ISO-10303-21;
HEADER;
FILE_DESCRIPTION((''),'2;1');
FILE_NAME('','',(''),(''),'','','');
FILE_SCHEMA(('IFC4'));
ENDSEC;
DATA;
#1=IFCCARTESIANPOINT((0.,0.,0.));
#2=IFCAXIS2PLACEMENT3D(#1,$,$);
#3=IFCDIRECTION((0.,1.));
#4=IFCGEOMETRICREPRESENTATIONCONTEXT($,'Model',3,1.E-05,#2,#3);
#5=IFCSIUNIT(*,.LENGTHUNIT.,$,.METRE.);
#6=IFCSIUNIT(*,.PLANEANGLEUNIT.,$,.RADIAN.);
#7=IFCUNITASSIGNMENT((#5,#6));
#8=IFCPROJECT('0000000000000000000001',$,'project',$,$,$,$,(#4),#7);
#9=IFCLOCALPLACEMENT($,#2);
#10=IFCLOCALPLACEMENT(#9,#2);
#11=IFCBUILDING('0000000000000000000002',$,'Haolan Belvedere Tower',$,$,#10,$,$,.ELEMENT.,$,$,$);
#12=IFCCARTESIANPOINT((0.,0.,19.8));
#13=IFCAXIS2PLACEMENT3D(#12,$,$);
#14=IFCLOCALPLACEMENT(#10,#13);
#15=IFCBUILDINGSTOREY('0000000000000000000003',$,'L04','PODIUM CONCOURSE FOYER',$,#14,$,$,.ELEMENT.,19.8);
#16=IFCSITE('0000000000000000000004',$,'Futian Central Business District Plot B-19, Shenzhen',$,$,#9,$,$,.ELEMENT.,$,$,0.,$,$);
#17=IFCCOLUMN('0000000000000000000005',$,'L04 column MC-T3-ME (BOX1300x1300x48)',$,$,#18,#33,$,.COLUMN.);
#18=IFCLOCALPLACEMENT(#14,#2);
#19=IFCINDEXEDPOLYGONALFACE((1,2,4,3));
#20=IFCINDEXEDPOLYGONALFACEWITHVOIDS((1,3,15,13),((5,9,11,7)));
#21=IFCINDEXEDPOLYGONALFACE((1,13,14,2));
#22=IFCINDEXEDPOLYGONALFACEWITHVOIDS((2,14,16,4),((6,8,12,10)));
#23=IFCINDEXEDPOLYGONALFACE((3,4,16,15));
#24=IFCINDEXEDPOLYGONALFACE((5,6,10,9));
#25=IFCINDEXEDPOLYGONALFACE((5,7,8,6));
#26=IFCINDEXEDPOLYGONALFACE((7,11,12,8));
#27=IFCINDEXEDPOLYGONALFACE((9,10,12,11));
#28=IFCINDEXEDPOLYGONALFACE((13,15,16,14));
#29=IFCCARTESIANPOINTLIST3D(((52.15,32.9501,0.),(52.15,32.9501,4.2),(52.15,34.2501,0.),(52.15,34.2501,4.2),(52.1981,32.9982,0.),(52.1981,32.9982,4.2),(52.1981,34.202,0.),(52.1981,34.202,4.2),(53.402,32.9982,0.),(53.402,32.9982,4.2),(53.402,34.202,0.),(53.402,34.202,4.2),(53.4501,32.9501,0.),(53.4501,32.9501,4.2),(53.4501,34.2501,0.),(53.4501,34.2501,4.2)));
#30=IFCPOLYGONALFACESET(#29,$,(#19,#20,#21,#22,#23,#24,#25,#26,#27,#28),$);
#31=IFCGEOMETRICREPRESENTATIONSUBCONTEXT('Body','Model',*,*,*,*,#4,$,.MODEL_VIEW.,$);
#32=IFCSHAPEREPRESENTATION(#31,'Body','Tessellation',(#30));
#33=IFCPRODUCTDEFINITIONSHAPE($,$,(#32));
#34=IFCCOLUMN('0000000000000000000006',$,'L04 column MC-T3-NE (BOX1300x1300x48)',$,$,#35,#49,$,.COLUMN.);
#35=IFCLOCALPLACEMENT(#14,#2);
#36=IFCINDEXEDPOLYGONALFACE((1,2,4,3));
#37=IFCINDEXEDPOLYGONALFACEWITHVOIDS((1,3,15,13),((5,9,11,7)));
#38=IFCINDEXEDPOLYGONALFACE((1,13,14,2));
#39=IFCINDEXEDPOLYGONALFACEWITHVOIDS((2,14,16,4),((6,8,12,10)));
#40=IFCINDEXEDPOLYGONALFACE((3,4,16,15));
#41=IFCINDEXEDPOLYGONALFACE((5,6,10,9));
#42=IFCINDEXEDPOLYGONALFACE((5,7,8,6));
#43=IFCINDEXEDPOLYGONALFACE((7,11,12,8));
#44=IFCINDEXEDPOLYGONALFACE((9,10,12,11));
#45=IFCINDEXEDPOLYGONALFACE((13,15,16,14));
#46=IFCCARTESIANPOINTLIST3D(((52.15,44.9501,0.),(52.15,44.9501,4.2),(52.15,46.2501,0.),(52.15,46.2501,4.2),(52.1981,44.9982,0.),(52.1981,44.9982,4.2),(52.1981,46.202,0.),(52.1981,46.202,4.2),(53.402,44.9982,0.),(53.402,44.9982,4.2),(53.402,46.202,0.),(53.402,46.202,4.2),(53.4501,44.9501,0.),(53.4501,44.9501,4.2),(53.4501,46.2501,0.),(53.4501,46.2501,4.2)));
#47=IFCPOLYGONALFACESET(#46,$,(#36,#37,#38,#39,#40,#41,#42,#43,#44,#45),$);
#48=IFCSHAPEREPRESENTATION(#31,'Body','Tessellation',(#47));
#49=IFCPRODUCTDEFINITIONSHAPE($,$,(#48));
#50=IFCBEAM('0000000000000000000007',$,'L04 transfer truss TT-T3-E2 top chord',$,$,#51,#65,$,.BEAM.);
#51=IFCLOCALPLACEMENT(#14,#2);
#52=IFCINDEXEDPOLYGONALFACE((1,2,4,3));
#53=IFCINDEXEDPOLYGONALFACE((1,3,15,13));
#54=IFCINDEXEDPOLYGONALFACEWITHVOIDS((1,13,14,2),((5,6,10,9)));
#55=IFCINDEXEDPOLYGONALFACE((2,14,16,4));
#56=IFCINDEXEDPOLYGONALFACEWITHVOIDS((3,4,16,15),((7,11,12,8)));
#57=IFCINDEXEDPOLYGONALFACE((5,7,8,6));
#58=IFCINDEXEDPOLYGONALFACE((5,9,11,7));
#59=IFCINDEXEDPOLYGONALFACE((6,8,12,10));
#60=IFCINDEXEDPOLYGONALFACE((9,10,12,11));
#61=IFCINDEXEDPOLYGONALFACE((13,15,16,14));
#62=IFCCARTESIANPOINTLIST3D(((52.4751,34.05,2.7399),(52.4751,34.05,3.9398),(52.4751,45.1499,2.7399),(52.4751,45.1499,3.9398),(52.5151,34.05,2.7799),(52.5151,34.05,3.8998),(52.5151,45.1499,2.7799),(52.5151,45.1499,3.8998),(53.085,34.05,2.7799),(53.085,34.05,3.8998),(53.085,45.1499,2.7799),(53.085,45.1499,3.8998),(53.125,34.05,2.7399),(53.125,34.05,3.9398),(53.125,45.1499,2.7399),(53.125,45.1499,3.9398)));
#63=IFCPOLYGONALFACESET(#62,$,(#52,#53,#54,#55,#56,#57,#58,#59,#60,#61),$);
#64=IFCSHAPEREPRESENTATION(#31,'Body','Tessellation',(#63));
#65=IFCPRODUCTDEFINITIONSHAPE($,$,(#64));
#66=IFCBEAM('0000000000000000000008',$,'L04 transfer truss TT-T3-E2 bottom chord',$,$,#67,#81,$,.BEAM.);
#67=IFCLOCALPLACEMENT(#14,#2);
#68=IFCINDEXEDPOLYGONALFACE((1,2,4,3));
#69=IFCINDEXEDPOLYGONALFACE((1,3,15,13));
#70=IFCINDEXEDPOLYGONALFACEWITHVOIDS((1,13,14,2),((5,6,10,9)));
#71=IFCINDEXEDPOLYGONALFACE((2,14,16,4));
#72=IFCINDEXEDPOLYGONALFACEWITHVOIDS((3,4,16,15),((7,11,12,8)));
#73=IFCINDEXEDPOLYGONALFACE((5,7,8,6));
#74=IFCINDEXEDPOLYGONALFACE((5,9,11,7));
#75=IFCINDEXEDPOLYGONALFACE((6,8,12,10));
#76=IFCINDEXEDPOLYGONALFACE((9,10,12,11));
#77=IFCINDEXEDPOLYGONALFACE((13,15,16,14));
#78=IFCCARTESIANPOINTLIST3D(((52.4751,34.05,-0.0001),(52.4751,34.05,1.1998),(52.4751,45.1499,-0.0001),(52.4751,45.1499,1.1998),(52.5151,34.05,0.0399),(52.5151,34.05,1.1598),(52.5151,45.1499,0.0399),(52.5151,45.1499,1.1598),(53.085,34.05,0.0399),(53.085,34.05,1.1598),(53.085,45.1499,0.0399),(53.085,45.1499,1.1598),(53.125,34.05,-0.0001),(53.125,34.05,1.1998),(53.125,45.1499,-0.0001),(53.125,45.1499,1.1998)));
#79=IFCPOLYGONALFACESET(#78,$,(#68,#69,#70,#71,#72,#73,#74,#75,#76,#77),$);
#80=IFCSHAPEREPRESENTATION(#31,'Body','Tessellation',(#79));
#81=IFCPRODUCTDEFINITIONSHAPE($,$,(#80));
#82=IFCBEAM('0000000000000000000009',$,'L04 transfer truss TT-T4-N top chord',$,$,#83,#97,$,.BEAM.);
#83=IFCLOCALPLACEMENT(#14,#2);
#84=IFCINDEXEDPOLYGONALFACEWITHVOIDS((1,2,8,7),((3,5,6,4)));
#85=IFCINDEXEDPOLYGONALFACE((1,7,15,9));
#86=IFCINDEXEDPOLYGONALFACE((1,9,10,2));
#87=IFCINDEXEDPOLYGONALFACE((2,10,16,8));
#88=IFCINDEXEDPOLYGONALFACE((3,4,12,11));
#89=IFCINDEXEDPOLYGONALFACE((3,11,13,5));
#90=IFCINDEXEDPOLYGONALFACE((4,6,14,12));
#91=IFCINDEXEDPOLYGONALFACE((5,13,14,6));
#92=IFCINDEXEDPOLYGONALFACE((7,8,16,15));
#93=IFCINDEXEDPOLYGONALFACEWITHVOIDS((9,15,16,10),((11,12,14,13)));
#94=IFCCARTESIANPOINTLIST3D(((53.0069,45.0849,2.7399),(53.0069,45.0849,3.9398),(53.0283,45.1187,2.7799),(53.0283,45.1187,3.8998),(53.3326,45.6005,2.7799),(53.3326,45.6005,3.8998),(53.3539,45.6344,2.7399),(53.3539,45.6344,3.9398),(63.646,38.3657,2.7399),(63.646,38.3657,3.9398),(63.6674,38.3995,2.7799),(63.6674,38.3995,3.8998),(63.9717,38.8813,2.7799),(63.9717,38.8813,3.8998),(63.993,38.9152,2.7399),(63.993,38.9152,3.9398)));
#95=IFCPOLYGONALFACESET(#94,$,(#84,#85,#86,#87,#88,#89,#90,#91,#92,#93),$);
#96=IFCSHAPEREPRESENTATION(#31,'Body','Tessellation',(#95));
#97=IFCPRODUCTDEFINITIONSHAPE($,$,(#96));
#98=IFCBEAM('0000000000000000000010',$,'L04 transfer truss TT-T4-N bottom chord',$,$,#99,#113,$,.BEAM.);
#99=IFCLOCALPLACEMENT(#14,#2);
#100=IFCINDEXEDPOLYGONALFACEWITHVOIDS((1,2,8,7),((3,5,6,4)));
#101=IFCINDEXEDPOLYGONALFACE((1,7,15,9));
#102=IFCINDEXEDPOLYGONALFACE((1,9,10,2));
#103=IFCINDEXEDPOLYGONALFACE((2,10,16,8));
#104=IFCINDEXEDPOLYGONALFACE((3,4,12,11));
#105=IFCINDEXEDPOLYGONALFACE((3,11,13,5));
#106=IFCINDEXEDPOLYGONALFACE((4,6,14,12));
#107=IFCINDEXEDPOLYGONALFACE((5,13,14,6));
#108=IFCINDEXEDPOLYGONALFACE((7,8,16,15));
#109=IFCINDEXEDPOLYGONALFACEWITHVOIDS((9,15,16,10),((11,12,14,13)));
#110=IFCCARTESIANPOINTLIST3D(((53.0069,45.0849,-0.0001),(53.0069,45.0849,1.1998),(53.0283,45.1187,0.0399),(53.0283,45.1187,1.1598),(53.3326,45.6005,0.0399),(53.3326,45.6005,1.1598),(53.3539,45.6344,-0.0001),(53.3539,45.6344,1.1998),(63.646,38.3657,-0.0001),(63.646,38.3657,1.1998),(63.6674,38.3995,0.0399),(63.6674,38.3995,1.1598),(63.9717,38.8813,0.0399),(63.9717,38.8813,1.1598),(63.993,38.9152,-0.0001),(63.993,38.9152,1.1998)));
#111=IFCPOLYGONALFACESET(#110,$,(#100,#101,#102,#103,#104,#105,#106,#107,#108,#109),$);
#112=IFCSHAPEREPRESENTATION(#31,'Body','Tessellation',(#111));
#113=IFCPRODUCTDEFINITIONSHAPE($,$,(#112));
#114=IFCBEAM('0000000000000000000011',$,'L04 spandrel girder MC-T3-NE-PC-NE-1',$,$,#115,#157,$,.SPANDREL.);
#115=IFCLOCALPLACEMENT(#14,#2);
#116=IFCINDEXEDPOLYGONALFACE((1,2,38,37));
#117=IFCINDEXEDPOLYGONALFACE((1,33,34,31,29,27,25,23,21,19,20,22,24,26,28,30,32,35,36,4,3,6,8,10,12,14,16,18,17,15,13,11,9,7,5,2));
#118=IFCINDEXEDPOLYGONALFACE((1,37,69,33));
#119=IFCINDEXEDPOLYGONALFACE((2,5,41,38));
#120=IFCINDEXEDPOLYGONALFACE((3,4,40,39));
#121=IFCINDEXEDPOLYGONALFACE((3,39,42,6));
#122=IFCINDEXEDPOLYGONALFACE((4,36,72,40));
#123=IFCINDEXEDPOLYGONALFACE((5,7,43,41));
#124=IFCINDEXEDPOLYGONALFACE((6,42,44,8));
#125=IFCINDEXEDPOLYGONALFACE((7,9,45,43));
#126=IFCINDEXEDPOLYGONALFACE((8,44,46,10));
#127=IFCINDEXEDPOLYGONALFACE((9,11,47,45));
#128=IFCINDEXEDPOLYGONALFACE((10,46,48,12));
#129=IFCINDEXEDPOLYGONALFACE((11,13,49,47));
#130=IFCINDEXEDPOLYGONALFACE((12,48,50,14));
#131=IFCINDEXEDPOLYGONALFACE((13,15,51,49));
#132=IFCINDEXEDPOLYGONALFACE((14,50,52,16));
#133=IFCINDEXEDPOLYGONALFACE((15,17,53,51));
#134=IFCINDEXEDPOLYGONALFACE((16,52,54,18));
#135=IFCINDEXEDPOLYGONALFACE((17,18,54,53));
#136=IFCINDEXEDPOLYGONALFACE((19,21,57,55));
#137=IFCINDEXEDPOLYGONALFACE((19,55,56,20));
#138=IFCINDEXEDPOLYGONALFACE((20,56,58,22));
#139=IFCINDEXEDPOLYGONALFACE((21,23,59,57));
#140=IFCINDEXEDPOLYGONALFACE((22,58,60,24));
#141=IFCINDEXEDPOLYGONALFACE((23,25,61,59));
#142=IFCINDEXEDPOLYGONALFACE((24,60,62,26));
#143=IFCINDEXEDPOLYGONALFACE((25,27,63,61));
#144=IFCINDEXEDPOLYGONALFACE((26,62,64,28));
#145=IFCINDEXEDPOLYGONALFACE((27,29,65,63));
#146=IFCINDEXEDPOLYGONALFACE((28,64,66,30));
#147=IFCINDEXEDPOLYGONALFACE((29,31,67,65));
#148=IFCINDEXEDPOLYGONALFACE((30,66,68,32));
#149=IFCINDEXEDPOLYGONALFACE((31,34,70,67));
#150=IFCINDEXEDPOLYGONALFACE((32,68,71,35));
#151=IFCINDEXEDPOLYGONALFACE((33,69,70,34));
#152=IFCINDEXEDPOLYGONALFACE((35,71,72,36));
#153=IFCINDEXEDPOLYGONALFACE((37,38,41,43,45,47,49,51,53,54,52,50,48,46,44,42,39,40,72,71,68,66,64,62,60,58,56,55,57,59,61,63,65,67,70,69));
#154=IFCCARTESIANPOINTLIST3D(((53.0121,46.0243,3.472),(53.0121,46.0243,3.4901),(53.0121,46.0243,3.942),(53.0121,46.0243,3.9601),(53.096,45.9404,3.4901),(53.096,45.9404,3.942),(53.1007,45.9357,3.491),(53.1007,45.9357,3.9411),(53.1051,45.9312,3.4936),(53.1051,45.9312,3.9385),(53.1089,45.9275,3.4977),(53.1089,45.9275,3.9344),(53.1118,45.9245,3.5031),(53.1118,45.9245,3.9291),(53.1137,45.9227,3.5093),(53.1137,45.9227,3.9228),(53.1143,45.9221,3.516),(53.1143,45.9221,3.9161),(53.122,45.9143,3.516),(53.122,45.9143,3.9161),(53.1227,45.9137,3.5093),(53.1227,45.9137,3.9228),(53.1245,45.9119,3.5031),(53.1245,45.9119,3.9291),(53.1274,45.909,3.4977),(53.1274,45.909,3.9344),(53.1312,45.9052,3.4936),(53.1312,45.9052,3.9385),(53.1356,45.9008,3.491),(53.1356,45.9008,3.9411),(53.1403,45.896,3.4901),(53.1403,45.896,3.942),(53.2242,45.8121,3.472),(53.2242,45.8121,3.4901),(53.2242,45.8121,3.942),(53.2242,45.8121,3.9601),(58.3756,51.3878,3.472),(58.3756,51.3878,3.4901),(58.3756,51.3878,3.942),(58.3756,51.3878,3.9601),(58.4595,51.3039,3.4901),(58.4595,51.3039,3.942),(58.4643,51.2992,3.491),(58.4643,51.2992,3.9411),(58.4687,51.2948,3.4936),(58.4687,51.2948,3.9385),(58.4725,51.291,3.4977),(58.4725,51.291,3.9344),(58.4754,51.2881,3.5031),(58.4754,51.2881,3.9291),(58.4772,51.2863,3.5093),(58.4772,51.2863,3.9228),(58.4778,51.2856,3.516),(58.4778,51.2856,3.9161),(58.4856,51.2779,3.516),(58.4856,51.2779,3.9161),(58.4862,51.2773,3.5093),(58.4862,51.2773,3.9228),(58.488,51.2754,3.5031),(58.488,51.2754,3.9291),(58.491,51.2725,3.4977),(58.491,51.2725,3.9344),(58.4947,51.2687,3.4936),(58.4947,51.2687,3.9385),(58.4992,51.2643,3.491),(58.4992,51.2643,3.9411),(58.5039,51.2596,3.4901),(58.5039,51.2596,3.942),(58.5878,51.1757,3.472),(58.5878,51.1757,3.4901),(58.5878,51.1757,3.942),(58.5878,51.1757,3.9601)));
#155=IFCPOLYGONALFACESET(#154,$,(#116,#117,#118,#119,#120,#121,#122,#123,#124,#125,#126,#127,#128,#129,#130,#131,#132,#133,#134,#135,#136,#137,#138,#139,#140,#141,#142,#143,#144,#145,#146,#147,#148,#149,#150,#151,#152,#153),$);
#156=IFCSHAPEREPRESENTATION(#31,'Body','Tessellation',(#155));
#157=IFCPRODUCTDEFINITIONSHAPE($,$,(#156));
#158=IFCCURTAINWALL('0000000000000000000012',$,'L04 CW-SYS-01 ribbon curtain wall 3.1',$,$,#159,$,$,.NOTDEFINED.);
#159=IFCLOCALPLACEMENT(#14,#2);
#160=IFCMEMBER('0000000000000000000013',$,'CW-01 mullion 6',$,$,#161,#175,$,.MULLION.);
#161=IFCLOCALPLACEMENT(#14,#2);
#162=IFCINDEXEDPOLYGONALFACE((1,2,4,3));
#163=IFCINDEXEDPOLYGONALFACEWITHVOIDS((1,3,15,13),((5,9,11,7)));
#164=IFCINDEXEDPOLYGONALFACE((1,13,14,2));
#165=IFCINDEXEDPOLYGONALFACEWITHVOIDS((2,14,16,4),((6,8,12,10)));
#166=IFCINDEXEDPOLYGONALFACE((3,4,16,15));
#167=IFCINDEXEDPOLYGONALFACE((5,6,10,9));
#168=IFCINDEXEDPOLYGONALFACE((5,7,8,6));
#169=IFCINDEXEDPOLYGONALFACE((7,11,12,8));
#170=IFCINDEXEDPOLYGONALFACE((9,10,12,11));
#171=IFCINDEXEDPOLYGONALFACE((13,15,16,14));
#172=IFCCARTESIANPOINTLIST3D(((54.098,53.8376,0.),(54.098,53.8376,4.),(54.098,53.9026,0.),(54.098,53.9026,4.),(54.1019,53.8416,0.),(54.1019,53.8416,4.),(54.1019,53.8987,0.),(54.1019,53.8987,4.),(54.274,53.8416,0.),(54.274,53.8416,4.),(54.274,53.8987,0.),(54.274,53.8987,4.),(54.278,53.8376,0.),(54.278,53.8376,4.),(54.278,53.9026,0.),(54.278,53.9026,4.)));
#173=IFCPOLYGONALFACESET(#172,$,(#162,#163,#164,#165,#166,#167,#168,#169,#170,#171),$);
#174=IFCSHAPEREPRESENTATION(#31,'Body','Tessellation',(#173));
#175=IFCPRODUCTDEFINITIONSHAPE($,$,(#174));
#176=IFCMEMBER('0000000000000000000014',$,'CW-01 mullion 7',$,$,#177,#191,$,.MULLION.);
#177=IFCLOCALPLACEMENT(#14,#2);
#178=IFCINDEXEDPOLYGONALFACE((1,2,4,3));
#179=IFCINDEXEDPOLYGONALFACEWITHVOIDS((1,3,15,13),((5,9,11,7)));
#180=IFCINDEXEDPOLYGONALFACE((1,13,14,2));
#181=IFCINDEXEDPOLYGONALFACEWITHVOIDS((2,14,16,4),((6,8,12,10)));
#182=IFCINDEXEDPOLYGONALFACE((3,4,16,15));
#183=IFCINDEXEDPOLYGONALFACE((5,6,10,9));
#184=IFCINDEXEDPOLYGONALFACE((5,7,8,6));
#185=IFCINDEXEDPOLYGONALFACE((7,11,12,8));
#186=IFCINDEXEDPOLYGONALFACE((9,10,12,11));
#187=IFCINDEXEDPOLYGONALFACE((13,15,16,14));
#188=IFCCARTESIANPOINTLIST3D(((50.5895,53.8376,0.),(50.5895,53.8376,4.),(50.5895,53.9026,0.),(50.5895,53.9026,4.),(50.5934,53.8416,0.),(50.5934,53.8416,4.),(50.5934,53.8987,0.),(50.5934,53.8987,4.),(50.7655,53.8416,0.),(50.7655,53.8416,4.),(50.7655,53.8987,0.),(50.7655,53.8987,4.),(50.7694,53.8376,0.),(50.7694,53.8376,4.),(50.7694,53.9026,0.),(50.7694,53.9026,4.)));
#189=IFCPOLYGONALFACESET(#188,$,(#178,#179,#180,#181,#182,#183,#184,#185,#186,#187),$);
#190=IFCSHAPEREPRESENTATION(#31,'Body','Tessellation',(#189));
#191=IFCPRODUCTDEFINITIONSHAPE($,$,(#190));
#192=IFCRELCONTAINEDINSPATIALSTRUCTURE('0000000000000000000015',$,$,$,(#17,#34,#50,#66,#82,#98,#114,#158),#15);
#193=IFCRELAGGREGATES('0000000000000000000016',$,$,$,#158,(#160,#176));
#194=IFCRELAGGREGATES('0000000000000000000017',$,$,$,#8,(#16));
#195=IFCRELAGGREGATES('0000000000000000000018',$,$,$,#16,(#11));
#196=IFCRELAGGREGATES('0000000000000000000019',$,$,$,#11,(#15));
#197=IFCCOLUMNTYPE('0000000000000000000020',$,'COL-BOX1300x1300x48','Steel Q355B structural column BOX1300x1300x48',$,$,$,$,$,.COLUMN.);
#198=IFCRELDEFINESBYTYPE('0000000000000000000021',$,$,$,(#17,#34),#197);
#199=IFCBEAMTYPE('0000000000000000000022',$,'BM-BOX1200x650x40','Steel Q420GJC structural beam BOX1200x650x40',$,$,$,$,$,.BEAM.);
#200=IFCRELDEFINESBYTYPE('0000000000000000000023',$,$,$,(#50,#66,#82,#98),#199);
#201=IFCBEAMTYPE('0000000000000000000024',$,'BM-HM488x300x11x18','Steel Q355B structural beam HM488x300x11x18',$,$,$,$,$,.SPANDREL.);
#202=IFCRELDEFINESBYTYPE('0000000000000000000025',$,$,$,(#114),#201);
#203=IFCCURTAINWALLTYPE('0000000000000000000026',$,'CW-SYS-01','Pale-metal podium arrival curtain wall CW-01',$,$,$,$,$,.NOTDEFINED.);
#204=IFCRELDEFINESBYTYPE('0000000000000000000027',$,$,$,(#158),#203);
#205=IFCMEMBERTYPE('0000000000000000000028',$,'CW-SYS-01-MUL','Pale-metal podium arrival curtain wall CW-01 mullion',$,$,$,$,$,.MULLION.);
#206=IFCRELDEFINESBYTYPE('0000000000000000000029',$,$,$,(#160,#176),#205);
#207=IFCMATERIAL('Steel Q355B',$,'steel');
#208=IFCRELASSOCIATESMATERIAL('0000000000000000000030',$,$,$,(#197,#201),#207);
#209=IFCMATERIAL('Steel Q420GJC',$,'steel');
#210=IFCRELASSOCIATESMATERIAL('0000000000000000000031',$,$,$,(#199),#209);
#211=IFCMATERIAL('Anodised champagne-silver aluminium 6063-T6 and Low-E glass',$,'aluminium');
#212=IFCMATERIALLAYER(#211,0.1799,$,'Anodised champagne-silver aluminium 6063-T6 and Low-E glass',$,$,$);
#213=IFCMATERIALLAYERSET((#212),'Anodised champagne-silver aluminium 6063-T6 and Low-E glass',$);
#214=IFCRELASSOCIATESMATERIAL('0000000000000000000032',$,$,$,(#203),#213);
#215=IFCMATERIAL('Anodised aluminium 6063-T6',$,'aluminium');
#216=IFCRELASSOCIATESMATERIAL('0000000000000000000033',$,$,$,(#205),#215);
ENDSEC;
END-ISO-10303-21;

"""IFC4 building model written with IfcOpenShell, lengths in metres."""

from ifc_helpers import new_model, si_unit, direction, frame, origin, origin_2d, place, context, subcontext, project, spatial, hollow_rectangle, i_section, extrude, material, layer, layer_set, material_profile, profile_set, type_object, element, aggregate, save


model = new_model("IFC4")

# Units and contexts
model_context = context("Model", 3, precision=1e-05, world=origin(), true_north=direction((0.0, 1.0)))
body_context = subcontext(model_context, "Body", "Model", "MODEL_VIEW")
ifc_project = project(units=[si_unit("LENGTHUNIT", "METRE"), si_unit("PLANEANGLEUNIT", "RADIAN")], contexts=[model_context])

# Site, building, storey
site_placement = place(None, origin())
site = spatial("IfcSite", under=ifc_project, at=site_placement, Name="Futian Central Business District Plot B-19, Shenzhen", CompositionType="ELEMENT", RefElevation=0.0)
building_placement = place(site_placement, origin())
building = spatial("IfcBuilding", under=site, at=building_placement, Name="Haolan Belvedere Tower", CompositionType="ELEMENT")
storey_placement = place(building_placement, frame((0.0, 0.0, 19.8)))
storey = spatial("IfcBuildingStorey", under=building, at=storey_placement, Name="L04", Description="PODIUM CONCOURSE FOYER", CompositionType="ELEMENT", Elevation=19.8)

# Columns
ifc_material_1 = material(Name="Steel Q355B", Category="steel")
ifc_material_profile_1 = material_profile(ifc_material_1, hollow_rectangle(XDim=1.3, YDim=1.3, WallThickness=0.0481, at=origin_2d()), Name="Steel Q355B")
ifc_profile_set_1 = profile_set([ifc_material_profile_1], Name="Steel Q355B")
column_type = type_object("IfcColumnType", Name="COL-BOX1300x1300x48", Description="Steel Q355B structural column BOX1300x1300x48", PredefinedType="COLUMN", material=ifc_profile_set_1)
for number, where, z_axis, x_axis, name in (
    (1, (52.8, 33.6001, 0.0), (0.0, 0.0, 1.0), (1.0, 0.0, 0.0), "L04 column MC-T3-ME (BOX1300x1300x48)"),
    (2, (52.8, 45.6001, 0.0), (0.0, 0.0, 1.0), (1.0, 0.0, 0.0), "L04 column MC-T3-NE (BOX1300x1300x48)"),
):
    element("IfcColumn", number, at=place(storey_placement, frame(where, z_axis=z_axis, x_axis=x_axis)), inside=storey, type_object=column_type, Name=name, PredefinedType="COLUMN", context=body_context, shape_type="SweptSolid", body=[
        extrude(hollow_rectangle(XDim=1.3, YDim=1.3, WallThickness=0.0481, at=origin_2d()), origin(), (0.0, 0.0, 1.0), 4.2),
    ])

# Beams
ifc_material_2 = material(Name="Steel Q420GJC", Category="steel")
ifc_material_profile_2 = material_profile(ifc_material_2, hollow_rectangle(XDim=0.6499, YDim=1.2, WallThickness=0.04, at=origin_2d()), Name="Steel Q420GJC")
ifc_profile_set_2 = profile_set([ifc_material_profile_2], Name="Steel Q420GJC")
beam_type_1 = type_object("IfcBeamType", Name="BM-BOX1200x650x40", Description="Steel Q420GJC structural beam BOX1200x650x40", PredefinedType="BEAM", material=ifc_profile_set_2)
for number, where, z_axis, x_axis, name in (
    (3, (52.8, 34.05, 3.3398), (0.0, 1.0, 0.0), (-1.0, 0.0, 0.0), "L04 transfer truss TT-T3-E2 top chord"),
    (4, (52.8, 34.05, 0.5999), (0.0, 1.0, 0.0), (-1.0, 0.0, 0.0), "L04 transfer truss TT-T3-E2 bottom chord"),
):
    element("IfcBeam", number, at=place(storey_placement, frame(where, z_axis=z_axis, x_axis=x_axis)), inside=storey, type_object=beam_type_1, Name=name, PredefinedType="BEAM", context=body_context, shape_type="SweptSolid", body=[
        extrude(hollow_rectangle(XDim=0.6499, YDim=1.2, WallThickness=0.04, at=origin_2d()), origin(), (0.0, 0.0, 1.0), 11.0999),
    ])
for number, where, z_axis, x_axis, name in (
    (5, (53.1804, 45.3596, 3.3398), (0.845497, -0.53398, 0.0), (0.53398, 0.845497, 0.0), "L04 transfer truss TT-T4-N top chord"),
    (6, (53.1804, 45.3596, 0.5999), (0.845497, -0.53398, 0.0), (0.53398, 0.845497, 0.0), "L04 transfer truss TT-T4-N bottom chord"),
):
    element("IfcBeam", number, at=place(storey_placement, frame(where, z_axis=z_axis, x_axis=x_axis)), inside=storey, type_object=beam_type_1, Name=name, PredefinedType="BEAM", context=body_context, shape_type="SweptSolid", body=[
        extrude(hollow_rectangle(XDim=0.6499, YDim=1.2, WallThickness=0.04, at=origin_2d()), origin(), (0.0, 0.0, 1.0), 12.5833),
    ])
ifc_material_profile_3 = material_profile(ifc_material_1, i_section(OverallWidth=0.3, OverallDepth=0.488, WebThickness=0.011, FlangeThickness=0.0181, FilletRadius=0.0259, at=origin_2d()), Name="Steel Q355B")
ifc_profile_set_3 = profile_set([ifc_material_profile_3], Name="Steel Q355B")
beam_type_2 = type_object("IfcBeamType", Name="BM-HM488x300x11x18", Description="Steel Q355B structural beam HM488x300x11x18", PredefinedType="SPANDREL", material=ifc_profile_set_3)
beam_placement = place(storey_placement, frame((53.1182, 45.9182, 3.7161), z_axis=(0.707107, 0.707107, 0.0), x_axis=(-0.707107, 0.707107, 0.0)))
element("IfcBeam", 7, at=beam_placement, inside=storey, type_object=beam_type_2, Name="L04 spandrel girder MC-T3-NE-PC-NE-1", PredefinedType="SPANDREL", context=body_context, shape_type="SweptSolid", body=[
    extrude(i_section(OverallWidth=0.3, OverallDepth=0.488, WebThickness=0.011, FlangeThickness=0.0181, FilletRadius=0.0259, at=origin_2d()), origin(), (0.0, 0.0, 1.0), 7.5852),
])

# Curtain wall, members
ifc_material_3 = material(Name="Anodised champagne-silver aluminium 6063-T6 and Low-E glass", Category="aluminium")
ifc_layer_1 = layer(ifc_material_3, 0.1799, Name="Anodised champagne-silver aluminium 6063-T6 and Low-E glass")
ifc_layer_set_1 = layer_set([ifc_layer_1], Name="Anodised champagne-silver aluminium 6063-T6 and Low-E glass")
curtain_wall_type = type_object("IfcCurtainWallType", Name="CW-SYS-01", Description="Pale-metal podium arrival curtain wall CW-01", PredefinedType="NOTDEFINED", material=ifc_layer_set_1)
curtain_wall_placement = place(storey_placement, origin())
curtain_wall = element("IfcCurtainWall", 8, at=curtain_wall_placement, inside=storey, type_object=curtain_wall_type, Name="L04 CW-SYS-01 ribbon curtain wall 3.1", PredefinedType="NOTDEFINED")
ifc_material_4 = material(Name="Anodised aluminium 6063-T6", Category="aluminium")
ifc_material_profile_4 = material_profile(ifc_material_4, hollow_rectangle(XDim=0.0649, YDim=0.1799, WallThickness=0.0039, at=origin_2d()), Name="Anodised aluminium 6063-T6")
ifc_profile_set_4 = profile_set([ifc_material_profile_4], Name="Anodised aluminium 6063-T6")
member_type_1 = type_object("IfcMemberType", Name="CW-SYS-01-MUL", Description="Pale-metal podium arrival curtain wall CW-01 mullion", PredefinedType="MULLION", material=ifc_profile_set_4)
member_1_placement = place(storey_placement, frame((54.188, 53.8701, 0.0), z_axis=(0.0, 0.0, 1.0), x_axis=(0.0, -1.0, 0.0)))
member_1 = element("IfcMember", 9, at=member_1_placement, type_object=member_type_1, Name="CW-01 mullion 6", PredefinedType="MULLION", context=body_context, shape_type="SweptSolid", body=[
    extrude(hollow_rectangle(XDim=0.0649, YDim=0.1799, WallThickness=0.0039, at=origin_2d()), origin(), (0.0, 0.0, 1.0), 4.0),
])
member_2_placement = place(storey_placement, frame((50.6794, 53.8701, 0.0), z_axis=(0.0, 0.0, 1.0), x_axis=(0.0, -1.0, 0.0)))
member_2 = element("IfcMember", 10, at=member_2_placement, type_object=member_type_1, Name="CW-01 mullion 7", PredefinedType="MULLION", context=body_context, shape_type="SweptSolid", body=[
    extrude(hollow_rectangle(XDim=0.0649, YDim=0.1799, WallThickness=0.0039, at=origin_2d()), origin(), (0.0, 0.0, 1.0), 4.0),
])

aggregate(curtain_wall, [member_1, member_2])

save(model, "model.ifc")
